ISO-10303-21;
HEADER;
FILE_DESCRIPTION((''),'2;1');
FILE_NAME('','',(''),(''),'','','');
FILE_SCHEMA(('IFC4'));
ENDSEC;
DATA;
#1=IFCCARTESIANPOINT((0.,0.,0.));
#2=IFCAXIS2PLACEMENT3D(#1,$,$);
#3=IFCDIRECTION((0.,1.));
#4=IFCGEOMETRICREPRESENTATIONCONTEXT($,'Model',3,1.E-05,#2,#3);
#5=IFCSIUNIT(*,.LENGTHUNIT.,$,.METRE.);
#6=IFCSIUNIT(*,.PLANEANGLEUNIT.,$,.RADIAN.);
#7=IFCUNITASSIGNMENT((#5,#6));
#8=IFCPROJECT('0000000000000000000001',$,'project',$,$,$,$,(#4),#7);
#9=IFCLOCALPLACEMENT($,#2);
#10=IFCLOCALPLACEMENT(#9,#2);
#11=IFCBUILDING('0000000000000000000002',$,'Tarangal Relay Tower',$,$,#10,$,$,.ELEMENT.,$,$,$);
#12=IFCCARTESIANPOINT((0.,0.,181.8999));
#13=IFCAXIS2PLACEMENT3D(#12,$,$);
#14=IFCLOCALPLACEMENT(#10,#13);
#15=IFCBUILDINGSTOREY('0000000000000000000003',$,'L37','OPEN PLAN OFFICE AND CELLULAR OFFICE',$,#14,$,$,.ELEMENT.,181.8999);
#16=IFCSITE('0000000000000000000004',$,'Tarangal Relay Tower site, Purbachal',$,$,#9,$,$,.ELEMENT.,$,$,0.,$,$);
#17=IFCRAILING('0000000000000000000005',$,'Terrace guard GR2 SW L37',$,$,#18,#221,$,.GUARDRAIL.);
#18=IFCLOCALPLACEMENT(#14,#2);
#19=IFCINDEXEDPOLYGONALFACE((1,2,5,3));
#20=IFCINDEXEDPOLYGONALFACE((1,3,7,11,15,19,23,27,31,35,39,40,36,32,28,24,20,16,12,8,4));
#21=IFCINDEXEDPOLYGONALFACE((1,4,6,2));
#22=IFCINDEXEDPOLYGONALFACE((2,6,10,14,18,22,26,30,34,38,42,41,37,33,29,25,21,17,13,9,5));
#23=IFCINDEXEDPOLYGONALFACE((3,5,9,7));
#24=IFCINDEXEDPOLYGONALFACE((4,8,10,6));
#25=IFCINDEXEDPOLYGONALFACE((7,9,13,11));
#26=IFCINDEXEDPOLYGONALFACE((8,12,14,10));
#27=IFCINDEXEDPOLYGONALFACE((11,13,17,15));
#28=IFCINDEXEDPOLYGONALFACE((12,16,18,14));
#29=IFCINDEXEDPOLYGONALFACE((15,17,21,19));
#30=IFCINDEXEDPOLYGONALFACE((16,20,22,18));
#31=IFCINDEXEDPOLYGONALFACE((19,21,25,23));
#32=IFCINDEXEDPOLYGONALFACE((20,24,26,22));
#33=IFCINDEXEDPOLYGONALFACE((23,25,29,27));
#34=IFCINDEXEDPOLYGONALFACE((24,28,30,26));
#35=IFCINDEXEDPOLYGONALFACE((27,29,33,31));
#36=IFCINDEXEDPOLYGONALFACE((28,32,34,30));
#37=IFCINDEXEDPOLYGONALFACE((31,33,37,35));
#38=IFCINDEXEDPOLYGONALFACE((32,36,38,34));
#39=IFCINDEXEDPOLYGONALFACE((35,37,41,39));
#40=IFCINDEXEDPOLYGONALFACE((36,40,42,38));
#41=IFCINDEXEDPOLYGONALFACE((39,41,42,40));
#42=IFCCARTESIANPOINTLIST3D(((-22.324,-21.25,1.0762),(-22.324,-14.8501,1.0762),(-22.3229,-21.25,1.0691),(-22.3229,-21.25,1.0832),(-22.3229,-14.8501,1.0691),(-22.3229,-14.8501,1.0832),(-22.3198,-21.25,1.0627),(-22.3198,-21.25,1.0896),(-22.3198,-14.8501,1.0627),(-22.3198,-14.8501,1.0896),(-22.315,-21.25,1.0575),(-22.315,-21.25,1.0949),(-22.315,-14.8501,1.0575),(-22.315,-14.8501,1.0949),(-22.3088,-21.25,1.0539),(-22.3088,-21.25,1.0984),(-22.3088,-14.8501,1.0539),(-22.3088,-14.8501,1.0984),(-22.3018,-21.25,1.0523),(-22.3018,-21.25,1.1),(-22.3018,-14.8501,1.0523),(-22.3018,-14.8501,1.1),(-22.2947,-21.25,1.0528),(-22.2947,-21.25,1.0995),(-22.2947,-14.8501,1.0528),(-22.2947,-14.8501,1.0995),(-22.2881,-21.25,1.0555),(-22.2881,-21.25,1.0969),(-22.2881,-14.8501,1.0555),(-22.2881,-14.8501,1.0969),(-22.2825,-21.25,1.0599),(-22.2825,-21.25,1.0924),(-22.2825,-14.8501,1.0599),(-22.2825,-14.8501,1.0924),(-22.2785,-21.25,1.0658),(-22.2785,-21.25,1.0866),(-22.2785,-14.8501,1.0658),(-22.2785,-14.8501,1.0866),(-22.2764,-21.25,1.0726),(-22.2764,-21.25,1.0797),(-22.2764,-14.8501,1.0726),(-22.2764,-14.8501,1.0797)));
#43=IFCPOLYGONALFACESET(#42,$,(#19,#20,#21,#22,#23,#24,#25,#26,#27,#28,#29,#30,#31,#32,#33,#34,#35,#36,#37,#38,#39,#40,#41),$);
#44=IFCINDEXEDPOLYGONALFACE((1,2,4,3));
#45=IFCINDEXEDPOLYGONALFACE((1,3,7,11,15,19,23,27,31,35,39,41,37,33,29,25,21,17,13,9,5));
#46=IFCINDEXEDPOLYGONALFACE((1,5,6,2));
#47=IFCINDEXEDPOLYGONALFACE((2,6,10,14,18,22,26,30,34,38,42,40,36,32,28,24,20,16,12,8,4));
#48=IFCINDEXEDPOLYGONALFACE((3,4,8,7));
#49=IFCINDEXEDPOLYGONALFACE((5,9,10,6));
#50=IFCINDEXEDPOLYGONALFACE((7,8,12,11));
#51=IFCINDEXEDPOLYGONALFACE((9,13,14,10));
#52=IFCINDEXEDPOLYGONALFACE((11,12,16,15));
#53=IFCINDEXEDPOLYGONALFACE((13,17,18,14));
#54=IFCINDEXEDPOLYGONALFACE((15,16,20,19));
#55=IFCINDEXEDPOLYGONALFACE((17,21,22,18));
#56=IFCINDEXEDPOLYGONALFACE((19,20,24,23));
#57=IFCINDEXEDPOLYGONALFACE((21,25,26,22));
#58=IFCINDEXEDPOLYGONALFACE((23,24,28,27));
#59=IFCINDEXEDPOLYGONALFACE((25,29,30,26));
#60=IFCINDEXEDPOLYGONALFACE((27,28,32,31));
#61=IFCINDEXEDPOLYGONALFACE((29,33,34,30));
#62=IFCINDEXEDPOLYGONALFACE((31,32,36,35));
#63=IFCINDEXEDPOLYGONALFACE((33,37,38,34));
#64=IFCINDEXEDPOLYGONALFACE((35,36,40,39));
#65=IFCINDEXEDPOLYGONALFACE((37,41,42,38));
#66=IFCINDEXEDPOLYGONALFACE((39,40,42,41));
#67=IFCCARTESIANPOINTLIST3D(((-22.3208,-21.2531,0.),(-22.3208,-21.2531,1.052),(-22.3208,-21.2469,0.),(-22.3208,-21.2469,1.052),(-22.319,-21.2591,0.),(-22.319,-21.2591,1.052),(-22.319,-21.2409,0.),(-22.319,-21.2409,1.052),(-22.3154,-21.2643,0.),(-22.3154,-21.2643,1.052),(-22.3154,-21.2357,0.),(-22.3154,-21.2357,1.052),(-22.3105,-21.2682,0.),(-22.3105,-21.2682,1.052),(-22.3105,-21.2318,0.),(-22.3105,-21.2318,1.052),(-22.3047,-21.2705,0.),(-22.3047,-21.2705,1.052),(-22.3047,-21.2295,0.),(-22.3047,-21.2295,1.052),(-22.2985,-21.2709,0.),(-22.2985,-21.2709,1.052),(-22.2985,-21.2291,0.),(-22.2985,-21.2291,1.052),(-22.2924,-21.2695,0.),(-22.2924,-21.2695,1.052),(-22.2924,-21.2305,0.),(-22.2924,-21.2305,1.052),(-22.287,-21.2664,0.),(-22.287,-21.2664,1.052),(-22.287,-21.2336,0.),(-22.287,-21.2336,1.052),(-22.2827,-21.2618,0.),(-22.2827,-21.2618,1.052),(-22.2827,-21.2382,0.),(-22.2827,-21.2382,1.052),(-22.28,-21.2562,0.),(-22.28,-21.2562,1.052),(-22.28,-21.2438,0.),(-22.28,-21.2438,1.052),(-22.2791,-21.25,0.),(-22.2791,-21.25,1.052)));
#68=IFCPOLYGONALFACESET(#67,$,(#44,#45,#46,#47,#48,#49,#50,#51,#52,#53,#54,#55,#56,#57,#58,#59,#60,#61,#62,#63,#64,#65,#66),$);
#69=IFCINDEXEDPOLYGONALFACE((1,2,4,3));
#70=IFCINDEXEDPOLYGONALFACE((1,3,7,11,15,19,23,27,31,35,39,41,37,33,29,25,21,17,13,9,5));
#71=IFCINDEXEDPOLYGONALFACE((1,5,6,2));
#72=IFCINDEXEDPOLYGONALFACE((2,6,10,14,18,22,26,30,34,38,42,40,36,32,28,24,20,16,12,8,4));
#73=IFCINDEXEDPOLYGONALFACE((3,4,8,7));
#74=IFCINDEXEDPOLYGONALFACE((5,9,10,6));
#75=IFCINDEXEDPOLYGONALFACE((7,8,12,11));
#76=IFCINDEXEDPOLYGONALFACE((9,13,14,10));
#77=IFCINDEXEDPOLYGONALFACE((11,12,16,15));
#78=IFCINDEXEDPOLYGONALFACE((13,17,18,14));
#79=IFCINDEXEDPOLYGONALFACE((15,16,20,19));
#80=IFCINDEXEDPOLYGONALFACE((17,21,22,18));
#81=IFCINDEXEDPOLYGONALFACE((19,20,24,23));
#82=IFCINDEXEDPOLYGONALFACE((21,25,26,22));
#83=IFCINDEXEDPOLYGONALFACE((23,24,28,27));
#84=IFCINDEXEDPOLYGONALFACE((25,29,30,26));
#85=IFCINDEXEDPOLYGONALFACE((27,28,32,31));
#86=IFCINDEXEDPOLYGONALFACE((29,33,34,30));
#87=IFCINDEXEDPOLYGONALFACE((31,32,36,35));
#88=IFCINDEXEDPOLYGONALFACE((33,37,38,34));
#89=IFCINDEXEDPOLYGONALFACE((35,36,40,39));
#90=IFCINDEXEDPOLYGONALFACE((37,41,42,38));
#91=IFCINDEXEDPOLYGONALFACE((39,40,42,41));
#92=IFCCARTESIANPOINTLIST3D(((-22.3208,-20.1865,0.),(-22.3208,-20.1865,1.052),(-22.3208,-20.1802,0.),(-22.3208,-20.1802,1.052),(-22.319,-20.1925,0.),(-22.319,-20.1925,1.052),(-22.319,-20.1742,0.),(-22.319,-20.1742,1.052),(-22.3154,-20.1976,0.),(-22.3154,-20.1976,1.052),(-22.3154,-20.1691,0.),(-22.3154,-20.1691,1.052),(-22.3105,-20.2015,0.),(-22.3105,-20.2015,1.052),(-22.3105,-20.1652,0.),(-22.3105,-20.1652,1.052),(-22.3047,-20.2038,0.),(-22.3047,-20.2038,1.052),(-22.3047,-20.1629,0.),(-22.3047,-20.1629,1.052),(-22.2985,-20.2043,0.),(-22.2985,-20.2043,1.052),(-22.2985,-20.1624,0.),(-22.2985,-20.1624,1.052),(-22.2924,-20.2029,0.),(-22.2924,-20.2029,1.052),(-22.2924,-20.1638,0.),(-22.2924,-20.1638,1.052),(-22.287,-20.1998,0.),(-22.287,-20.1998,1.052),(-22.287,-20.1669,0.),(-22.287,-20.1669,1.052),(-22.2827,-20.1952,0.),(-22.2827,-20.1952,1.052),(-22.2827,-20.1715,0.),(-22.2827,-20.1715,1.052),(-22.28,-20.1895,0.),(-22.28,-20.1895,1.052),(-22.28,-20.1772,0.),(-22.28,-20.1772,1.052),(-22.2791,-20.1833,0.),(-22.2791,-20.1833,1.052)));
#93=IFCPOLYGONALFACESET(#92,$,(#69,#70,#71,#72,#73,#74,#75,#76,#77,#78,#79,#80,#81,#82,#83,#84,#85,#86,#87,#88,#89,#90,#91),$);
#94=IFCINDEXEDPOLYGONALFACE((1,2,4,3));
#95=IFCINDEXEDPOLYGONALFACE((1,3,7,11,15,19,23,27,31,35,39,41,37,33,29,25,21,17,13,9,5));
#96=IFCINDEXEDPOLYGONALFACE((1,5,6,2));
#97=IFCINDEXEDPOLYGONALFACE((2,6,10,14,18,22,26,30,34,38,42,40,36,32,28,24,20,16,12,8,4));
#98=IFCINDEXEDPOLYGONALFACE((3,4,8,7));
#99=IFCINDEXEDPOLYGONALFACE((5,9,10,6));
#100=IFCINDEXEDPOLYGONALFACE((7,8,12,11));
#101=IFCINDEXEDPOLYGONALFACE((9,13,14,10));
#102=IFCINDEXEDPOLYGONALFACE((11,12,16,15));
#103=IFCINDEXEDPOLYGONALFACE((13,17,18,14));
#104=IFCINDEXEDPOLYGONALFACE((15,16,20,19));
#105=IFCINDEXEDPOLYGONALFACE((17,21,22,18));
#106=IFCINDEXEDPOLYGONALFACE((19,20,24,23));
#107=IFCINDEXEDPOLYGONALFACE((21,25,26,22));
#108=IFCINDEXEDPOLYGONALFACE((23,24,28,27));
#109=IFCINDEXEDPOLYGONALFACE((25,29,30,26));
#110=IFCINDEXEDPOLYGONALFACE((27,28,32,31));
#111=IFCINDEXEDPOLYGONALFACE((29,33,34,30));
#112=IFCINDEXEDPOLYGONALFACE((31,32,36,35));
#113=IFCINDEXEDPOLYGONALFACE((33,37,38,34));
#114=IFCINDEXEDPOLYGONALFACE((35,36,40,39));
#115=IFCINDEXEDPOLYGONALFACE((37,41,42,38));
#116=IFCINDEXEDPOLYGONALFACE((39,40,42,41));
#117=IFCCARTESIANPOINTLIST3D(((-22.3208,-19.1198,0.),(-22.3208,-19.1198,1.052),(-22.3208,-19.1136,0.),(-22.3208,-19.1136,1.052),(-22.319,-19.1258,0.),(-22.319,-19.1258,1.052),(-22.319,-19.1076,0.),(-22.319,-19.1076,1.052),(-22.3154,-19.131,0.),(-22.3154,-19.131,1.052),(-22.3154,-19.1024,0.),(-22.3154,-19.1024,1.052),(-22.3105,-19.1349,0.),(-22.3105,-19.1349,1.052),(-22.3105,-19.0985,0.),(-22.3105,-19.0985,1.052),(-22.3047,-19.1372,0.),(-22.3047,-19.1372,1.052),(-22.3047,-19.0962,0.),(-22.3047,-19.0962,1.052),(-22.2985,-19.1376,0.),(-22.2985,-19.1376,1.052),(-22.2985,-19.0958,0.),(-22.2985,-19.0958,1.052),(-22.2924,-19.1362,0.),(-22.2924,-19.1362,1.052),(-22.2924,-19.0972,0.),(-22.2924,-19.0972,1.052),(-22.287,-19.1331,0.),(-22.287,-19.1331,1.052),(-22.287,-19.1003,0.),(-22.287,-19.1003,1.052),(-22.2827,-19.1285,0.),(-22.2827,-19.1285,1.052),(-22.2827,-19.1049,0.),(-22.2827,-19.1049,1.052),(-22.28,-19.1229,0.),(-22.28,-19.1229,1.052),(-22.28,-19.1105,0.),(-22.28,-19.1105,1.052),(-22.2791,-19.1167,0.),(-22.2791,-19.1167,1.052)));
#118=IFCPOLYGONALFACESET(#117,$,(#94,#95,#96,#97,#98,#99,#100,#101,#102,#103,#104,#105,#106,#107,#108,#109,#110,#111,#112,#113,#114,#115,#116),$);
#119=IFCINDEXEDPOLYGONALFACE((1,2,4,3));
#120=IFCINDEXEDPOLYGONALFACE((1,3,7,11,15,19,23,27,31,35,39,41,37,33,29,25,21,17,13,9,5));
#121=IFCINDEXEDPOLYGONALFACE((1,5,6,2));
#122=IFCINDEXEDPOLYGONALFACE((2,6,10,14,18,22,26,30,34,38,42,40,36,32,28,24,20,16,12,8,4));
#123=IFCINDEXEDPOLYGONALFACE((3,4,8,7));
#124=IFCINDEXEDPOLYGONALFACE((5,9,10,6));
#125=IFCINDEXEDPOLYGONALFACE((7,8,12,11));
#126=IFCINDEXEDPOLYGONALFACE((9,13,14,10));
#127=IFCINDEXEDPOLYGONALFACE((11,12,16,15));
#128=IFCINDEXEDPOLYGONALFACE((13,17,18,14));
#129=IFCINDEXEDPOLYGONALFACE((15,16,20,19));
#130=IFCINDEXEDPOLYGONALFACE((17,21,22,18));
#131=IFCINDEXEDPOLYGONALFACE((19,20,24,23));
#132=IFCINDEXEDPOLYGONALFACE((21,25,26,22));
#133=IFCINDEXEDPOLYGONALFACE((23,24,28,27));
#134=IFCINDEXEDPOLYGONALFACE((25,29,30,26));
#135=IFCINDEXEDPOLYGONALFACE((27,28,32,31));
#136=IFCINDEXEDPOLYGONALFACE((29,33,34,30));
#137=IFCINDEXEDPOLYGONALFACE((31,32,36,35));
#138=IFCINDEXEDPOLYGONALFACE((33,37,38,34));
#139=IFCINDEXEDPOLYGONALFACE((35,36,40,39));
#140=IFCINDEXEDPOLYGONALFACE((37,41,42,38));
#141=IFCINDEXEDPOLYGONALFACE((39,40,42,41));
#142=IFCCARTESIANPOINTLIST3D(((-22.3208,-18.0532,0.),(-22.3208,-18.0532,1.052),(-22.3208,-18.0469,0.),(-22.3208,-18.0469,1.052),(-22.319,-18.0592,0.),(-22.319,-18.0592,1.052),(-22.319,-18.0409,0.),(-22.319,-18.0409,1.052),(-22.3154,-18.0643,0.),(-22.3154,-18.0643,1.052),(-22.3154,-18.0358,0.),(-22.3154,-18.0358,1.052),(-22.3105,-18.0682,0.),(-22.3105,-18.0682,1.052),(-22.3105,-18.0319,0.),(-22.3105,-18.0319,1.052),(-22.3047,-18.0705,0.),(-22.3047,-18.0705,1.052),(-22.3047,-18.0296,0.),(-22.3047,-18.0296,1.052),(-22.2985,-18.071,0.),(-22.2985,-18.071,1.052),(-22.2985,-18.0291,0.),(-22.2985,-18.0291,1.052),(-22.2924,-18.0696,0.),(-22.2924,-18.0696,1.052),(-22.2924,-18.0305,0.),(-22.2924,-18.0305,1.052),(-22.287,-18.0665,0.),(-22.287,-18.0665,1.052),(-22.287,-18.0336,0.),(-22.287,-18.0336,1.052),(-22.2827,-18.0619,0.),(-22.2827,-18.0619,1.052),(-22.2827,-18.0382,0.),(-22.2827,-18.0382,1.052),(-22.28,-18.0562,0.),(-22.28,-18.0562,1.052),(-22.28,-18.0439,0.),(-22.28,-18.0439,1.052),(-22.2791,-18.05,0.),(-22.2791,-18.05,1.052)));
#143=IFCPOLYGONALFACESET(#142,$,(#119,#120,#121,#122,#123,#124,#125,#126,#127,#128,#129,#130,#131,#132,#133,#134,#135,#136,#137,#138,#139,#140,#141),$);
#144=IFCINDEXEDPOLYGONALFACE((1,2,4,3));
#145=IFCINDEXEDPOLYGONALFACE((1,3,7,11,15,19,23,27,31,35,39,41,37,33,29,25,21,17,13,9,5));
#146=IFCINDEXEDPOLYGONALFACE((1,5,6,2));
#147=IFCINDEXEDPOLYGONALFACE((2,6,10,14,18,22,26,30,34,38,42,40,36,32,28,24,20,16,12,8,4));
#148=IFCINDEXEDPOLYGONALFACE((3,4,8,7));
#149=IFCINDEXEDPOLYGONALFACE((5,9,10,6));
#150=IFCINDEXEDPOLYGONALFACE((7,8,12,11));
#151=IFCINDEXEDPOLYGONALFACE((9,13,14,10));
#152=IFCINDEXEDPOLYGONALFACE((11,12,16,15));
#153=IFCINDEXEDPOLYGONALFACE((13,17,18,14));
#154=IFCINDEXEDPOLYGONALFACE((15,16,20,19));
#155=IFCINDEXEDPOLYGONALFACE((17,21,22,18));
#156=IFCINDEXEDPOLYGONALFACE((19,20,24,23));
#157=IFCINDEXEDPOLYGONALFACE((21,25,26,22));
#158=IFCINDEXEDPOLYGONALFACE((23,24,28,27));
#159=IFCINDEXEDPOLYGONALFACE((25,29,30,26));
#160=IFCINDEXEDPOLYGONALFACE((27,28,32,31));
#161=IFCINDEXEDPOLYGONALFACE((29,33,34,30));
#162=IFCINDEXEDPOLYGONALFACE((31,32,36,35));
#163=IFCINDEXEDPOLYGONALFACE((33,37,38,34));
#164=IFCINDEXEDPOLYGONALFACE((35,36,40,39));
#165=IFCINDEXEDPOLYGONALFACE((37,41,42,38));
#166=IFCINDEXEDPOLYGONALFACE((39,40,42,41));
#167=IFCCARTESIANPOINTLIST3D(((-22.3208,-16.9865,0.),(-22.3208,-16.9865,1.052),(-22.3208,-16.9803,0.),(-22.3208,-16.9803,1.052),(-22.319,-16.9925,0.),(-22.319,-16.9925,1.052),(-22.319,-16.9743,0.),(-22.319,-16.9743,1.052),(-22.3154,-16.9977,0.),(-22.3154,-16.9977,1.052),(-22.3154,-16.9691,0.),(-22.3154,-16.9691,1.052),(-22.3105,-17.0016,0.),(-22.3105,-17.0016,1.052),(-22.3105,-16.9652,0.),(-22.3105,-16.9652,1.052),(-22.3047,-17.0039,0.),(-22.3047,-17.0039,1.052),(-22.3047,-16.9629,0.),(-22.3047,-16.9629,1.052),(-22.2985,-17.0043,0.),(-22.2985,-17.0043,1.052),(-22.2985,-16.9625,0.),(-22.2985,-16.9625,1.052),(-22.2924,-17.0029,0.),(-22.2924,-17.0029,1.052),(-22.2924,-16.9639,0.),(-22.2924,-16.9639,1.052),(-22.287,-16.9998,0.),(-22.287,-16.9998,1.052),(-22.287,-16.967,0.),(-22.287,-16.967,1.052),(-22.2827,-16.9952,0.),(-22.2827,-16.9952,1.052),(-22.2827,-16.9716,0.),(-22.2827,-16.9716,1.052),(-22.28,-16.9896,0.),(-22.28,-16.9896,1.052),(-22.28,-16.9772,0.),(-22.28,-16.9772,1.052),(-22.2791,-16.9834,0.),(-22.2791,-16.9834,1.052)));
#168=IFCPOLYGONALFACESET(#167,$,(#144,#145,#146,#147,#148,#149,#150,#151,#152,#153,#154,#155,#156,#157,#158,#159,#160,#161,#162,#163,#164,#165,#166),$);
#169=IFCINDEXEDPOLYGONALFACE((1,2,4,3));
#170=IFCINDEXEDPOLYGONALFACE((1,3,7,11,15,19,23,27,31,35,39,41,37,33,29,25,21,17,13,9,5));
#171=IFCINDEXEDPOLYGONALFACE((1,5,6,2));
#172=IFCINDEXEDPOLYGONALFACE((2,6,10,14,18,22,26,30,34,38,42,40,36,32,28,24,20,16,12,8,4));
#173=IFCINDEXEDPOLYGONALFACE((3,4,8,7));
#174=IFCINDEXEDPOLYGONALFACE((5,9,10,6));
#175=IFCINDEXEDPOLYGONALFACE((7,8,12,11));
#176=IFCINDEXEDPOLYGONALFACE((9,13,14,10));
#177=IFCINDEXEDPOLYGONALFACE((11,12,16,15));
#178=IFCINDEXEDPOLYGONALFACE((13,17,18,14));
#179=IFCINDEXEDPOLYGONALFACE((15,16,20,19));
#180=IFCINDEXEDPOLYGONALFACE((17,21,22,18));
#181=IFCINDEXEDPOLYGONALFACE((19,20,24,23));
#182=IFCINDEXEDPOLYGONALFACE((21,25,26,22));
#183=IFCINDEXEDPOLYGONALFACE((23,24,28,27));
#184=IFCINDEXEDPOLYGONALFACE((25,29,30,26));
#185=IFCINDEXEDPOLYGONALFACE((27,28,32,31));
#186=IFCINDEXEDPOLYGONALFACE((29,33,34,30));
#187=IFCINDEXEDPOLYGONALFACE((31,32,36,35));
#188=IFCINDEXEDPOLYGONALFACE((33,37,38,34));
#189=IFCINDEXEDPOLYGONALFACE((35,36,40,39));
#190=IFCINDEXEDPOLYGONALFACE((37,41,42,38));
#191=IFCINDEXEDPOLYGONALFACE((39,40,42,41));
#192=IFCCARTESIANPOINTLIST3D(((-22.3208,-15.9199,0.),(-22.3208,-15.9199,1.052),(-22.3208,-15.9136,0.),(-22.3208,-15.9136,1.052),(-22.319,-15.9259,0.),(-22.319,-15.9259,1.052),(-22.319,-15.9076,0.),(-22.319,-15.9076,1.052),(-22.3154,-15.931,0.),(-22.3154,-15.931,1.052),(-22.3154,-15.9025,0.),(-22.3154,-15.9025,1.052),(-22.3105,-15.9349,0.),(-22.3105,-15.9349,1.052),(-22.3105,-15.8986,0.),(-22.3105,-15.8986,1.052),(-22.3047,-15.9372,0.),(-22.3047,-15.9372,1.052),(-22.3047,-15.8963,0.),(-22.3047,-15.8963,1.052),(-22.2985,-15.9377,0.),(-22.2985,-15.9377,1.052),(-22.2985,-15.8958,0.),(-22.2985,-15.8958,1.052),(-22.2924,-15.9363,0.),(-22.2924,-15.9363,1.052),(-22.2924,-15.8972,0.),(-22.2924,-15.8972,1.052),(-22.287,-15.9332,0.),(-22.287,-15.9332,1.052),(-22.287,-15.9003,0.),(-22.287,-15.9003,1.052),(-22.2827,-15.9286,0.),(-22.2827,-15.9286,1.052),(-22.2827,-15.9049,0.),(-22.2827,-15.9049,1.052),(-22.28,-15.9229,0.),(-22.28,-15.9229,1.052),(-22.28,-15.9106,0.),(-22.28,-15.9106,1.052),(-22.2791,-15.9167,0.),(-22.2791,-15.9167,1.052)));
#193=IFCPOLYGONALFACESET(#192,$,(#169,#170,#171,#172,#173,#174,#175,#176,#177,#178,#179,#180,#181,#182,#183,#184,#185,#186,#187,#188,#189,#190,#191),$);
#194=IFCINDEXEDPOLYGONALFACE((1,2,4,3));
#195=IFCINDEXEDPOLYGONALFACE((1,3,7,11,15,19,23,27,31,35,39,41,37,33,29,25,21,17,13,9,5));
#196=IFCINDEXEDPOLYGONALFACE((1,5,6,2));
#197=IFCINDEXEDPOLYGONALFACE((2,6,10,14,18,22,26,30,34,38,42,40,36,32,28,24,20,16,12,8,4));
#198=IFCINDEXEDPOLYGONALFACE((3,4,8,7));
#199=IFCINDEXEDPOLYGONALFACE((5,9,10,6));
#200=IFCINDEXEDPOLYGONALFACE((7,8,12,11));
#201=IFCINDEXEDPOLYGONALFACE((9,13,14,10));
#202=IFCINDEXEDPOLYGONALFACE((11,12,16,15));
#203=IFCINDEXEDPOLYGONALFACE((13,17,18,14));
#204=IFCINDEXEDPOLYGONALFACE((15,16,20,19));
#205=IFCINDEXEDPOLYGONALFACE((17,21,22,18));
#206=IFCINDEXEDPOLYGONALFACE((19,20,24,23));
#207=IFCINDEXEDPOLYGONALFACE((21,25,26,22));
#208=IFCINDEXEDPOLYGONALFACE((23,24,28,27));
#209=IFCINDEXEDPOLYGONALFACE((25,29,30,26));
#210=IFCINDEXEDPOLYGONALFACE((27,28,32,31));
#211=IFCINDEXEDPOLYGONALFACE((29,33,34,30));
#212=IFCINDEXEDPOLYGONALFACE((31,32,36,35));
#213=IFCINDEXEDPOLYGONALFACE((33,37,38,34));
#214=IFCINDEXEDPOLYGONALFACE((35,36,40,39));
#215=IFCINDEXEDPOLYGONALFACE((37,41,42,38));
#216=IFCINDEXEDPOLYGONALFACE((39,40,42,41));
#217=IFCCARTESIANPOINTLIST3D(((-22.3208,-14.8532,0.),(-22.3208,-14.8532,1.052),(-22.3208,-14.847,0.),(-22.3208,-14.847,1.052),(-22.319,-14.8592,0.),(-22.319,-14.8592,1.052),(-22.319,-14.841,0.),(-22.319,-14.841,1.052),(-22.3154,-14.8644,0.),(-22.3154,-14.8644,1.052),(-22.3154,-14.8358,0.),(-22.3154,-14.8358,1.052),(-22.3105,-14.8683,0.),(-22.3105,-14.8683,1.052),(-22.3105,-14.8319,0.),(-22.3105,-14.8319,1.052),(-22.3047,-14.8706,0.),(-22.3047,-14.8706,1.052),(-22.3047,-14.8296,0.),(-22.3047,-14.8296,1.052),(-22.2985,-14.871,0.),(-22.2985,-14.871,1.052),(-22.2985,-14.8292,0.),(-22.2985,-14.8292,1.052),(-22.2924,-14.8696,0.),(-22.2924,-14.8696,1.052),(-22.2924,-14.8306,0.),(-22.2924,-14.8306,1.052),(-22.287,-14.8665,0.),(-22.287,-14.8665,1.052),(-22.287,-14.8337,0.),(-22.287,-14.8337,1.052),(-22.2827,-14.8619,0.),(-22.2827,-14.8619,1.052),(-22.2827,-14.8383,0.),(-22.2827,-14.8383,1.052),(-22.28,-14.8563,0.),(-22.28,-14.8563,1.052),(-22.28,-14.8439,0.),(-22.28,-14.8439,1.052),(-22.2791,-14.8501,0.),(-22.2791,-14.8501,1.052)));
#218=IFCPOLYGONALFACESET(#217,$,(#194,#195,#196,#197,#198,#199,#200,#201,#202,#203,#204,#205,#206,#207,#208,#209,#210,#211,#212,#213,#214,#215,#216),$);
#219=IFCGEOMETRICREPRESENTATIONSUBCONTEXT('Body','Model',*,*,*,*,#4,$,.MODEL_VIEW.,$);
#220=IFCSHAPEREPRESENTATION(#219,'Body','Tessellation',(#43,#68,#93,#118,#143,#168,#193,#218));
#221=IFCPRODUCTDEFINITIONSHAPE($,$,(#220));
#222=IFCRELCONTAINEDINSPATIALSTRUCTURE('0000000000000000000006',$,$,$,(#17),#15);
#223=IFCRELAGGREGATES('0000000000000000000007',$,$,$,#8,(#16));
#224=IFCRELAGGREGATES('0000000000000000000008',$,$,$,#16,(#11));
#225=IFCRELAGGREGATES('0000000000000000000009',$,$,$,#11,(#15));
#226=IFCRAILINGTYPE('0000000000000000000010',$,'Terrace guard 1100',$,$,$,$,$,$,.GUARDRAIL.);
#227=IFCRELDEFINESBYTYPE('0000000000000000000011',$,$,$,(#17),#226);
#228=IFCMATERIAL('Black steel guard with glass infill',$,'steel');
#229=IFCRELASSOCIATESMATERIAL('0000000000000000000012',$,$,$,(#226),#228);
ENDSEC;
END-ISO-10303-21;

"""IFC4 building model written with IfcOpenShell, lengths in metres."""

from ifc_helpers import new_model, si_unit, direction, frame, origin, origin_2d, place, context, subcontext, project, spatial, circle, extrude, material, type_object, element, save


model = new_model("IFC4")

# Units and contexts
model_context = context("Model", 3, precision=1e-05, world=origin(), true_north=direction((0.0, 1.0)))
body_context = subcontext(model_context, "Body", "Model", "MODEL_VIEW")
ifc_project = project(units=[si_unit("LENGTHUNIT", "METRE"), si_unit("PLANEANGLEUNIT", "RADIAN")], contexts=[model_context])

# Site, building, storey
site_placement = place(None, origin())
site = spatial("IfcSite", under=ifc_project, at=site_placement, Name="Tarangal Relay Tower site, Purbachal", CompositionType="ELEMENT", RefElevation=0.0)
building_placement = place(site_placement, origin())
building = spatial("IfcBuilding", under=site, at=building_placement, Name="Tarangal Relay Tower", CompositionType="ELEMENT")
storey_placement = place(building_placement, frame((0.0, 0.0, 181.8999)))
storey = spatial("IfcBuildingStorey", under=building, at=storey_placement, Name="L37", Description="OPEN PLAN OFFICE AND CELLULAR OFFICE", CompositionType="ELEMENT", Elevation=181.8999)

# Railing
ifc_material_1 = material(Name="Black steel guard with glass infill", Category="steel")
railing_type = type_object("IfcRailingType", Name="Terrace guard 1100", PredefinedType="GUARDRAIL", material=ifc_material_1)
railing_1_placement = place(storey_placement, frame((-22.3, -21.25, 0.0)))
element("IfcRailing", 1, at=railing_1_placement, inside=storey, type_object=railing_type, Name="Terrace guard GR2 SW L37", PredefinedType="GUARDRAIL", context=body_context, shape_type="SweptSolid", body=[
    extrude(circle(Radius=0.0239, at=origin_2d()), frame((0.0, 0.0, 1.0762), z_axis=(0.0, 1.0, 0.0), x_axis=(-1.0, 0.0, 0.0)), (0.0, 0.0, 1.0), 6.3999),
    extrude(circle(Radius=0.021, at=origin_2d()), origin(), (0.0, 0.0, 1.0), 1.052),
    extrude(circle(Radius=0.021, at=origin_2d()), frame((0.0, 1.0667, 0.0)), (0.0, 0.0, 1.0), 1.052),
    extrude(circle(Radius=0.021, at=origin_2d()), frame((0.0, 2.1333, 0.0)), (0.0, 0.0, 1.0), 1.052),
    extrude(circle(Radius=0.021, at=origin_2d()), frame((0.0, 3.2, 0.0)), (0.0, 0.0, 1.0), 1.052),
    extrude(circle(Radius=0.021, at=origin_2d()), frame((0.0, 4.2666, 0.0)), (0.0, 0.0, 1.0), 1.052),
    extrude(circle(Radius=0.021, at=origin_2d()), frame((0.0, 5.3333, 0.0)), (0.0, 0.0, 1.0), 1.052),
    extrude(circle(Radius=0.021, at=origin_2d()), frame((0.0, 6.3999, 0.0)), (0.0, 0.0, 1.0), 1.052),
])

save(model, "model.ifc")
